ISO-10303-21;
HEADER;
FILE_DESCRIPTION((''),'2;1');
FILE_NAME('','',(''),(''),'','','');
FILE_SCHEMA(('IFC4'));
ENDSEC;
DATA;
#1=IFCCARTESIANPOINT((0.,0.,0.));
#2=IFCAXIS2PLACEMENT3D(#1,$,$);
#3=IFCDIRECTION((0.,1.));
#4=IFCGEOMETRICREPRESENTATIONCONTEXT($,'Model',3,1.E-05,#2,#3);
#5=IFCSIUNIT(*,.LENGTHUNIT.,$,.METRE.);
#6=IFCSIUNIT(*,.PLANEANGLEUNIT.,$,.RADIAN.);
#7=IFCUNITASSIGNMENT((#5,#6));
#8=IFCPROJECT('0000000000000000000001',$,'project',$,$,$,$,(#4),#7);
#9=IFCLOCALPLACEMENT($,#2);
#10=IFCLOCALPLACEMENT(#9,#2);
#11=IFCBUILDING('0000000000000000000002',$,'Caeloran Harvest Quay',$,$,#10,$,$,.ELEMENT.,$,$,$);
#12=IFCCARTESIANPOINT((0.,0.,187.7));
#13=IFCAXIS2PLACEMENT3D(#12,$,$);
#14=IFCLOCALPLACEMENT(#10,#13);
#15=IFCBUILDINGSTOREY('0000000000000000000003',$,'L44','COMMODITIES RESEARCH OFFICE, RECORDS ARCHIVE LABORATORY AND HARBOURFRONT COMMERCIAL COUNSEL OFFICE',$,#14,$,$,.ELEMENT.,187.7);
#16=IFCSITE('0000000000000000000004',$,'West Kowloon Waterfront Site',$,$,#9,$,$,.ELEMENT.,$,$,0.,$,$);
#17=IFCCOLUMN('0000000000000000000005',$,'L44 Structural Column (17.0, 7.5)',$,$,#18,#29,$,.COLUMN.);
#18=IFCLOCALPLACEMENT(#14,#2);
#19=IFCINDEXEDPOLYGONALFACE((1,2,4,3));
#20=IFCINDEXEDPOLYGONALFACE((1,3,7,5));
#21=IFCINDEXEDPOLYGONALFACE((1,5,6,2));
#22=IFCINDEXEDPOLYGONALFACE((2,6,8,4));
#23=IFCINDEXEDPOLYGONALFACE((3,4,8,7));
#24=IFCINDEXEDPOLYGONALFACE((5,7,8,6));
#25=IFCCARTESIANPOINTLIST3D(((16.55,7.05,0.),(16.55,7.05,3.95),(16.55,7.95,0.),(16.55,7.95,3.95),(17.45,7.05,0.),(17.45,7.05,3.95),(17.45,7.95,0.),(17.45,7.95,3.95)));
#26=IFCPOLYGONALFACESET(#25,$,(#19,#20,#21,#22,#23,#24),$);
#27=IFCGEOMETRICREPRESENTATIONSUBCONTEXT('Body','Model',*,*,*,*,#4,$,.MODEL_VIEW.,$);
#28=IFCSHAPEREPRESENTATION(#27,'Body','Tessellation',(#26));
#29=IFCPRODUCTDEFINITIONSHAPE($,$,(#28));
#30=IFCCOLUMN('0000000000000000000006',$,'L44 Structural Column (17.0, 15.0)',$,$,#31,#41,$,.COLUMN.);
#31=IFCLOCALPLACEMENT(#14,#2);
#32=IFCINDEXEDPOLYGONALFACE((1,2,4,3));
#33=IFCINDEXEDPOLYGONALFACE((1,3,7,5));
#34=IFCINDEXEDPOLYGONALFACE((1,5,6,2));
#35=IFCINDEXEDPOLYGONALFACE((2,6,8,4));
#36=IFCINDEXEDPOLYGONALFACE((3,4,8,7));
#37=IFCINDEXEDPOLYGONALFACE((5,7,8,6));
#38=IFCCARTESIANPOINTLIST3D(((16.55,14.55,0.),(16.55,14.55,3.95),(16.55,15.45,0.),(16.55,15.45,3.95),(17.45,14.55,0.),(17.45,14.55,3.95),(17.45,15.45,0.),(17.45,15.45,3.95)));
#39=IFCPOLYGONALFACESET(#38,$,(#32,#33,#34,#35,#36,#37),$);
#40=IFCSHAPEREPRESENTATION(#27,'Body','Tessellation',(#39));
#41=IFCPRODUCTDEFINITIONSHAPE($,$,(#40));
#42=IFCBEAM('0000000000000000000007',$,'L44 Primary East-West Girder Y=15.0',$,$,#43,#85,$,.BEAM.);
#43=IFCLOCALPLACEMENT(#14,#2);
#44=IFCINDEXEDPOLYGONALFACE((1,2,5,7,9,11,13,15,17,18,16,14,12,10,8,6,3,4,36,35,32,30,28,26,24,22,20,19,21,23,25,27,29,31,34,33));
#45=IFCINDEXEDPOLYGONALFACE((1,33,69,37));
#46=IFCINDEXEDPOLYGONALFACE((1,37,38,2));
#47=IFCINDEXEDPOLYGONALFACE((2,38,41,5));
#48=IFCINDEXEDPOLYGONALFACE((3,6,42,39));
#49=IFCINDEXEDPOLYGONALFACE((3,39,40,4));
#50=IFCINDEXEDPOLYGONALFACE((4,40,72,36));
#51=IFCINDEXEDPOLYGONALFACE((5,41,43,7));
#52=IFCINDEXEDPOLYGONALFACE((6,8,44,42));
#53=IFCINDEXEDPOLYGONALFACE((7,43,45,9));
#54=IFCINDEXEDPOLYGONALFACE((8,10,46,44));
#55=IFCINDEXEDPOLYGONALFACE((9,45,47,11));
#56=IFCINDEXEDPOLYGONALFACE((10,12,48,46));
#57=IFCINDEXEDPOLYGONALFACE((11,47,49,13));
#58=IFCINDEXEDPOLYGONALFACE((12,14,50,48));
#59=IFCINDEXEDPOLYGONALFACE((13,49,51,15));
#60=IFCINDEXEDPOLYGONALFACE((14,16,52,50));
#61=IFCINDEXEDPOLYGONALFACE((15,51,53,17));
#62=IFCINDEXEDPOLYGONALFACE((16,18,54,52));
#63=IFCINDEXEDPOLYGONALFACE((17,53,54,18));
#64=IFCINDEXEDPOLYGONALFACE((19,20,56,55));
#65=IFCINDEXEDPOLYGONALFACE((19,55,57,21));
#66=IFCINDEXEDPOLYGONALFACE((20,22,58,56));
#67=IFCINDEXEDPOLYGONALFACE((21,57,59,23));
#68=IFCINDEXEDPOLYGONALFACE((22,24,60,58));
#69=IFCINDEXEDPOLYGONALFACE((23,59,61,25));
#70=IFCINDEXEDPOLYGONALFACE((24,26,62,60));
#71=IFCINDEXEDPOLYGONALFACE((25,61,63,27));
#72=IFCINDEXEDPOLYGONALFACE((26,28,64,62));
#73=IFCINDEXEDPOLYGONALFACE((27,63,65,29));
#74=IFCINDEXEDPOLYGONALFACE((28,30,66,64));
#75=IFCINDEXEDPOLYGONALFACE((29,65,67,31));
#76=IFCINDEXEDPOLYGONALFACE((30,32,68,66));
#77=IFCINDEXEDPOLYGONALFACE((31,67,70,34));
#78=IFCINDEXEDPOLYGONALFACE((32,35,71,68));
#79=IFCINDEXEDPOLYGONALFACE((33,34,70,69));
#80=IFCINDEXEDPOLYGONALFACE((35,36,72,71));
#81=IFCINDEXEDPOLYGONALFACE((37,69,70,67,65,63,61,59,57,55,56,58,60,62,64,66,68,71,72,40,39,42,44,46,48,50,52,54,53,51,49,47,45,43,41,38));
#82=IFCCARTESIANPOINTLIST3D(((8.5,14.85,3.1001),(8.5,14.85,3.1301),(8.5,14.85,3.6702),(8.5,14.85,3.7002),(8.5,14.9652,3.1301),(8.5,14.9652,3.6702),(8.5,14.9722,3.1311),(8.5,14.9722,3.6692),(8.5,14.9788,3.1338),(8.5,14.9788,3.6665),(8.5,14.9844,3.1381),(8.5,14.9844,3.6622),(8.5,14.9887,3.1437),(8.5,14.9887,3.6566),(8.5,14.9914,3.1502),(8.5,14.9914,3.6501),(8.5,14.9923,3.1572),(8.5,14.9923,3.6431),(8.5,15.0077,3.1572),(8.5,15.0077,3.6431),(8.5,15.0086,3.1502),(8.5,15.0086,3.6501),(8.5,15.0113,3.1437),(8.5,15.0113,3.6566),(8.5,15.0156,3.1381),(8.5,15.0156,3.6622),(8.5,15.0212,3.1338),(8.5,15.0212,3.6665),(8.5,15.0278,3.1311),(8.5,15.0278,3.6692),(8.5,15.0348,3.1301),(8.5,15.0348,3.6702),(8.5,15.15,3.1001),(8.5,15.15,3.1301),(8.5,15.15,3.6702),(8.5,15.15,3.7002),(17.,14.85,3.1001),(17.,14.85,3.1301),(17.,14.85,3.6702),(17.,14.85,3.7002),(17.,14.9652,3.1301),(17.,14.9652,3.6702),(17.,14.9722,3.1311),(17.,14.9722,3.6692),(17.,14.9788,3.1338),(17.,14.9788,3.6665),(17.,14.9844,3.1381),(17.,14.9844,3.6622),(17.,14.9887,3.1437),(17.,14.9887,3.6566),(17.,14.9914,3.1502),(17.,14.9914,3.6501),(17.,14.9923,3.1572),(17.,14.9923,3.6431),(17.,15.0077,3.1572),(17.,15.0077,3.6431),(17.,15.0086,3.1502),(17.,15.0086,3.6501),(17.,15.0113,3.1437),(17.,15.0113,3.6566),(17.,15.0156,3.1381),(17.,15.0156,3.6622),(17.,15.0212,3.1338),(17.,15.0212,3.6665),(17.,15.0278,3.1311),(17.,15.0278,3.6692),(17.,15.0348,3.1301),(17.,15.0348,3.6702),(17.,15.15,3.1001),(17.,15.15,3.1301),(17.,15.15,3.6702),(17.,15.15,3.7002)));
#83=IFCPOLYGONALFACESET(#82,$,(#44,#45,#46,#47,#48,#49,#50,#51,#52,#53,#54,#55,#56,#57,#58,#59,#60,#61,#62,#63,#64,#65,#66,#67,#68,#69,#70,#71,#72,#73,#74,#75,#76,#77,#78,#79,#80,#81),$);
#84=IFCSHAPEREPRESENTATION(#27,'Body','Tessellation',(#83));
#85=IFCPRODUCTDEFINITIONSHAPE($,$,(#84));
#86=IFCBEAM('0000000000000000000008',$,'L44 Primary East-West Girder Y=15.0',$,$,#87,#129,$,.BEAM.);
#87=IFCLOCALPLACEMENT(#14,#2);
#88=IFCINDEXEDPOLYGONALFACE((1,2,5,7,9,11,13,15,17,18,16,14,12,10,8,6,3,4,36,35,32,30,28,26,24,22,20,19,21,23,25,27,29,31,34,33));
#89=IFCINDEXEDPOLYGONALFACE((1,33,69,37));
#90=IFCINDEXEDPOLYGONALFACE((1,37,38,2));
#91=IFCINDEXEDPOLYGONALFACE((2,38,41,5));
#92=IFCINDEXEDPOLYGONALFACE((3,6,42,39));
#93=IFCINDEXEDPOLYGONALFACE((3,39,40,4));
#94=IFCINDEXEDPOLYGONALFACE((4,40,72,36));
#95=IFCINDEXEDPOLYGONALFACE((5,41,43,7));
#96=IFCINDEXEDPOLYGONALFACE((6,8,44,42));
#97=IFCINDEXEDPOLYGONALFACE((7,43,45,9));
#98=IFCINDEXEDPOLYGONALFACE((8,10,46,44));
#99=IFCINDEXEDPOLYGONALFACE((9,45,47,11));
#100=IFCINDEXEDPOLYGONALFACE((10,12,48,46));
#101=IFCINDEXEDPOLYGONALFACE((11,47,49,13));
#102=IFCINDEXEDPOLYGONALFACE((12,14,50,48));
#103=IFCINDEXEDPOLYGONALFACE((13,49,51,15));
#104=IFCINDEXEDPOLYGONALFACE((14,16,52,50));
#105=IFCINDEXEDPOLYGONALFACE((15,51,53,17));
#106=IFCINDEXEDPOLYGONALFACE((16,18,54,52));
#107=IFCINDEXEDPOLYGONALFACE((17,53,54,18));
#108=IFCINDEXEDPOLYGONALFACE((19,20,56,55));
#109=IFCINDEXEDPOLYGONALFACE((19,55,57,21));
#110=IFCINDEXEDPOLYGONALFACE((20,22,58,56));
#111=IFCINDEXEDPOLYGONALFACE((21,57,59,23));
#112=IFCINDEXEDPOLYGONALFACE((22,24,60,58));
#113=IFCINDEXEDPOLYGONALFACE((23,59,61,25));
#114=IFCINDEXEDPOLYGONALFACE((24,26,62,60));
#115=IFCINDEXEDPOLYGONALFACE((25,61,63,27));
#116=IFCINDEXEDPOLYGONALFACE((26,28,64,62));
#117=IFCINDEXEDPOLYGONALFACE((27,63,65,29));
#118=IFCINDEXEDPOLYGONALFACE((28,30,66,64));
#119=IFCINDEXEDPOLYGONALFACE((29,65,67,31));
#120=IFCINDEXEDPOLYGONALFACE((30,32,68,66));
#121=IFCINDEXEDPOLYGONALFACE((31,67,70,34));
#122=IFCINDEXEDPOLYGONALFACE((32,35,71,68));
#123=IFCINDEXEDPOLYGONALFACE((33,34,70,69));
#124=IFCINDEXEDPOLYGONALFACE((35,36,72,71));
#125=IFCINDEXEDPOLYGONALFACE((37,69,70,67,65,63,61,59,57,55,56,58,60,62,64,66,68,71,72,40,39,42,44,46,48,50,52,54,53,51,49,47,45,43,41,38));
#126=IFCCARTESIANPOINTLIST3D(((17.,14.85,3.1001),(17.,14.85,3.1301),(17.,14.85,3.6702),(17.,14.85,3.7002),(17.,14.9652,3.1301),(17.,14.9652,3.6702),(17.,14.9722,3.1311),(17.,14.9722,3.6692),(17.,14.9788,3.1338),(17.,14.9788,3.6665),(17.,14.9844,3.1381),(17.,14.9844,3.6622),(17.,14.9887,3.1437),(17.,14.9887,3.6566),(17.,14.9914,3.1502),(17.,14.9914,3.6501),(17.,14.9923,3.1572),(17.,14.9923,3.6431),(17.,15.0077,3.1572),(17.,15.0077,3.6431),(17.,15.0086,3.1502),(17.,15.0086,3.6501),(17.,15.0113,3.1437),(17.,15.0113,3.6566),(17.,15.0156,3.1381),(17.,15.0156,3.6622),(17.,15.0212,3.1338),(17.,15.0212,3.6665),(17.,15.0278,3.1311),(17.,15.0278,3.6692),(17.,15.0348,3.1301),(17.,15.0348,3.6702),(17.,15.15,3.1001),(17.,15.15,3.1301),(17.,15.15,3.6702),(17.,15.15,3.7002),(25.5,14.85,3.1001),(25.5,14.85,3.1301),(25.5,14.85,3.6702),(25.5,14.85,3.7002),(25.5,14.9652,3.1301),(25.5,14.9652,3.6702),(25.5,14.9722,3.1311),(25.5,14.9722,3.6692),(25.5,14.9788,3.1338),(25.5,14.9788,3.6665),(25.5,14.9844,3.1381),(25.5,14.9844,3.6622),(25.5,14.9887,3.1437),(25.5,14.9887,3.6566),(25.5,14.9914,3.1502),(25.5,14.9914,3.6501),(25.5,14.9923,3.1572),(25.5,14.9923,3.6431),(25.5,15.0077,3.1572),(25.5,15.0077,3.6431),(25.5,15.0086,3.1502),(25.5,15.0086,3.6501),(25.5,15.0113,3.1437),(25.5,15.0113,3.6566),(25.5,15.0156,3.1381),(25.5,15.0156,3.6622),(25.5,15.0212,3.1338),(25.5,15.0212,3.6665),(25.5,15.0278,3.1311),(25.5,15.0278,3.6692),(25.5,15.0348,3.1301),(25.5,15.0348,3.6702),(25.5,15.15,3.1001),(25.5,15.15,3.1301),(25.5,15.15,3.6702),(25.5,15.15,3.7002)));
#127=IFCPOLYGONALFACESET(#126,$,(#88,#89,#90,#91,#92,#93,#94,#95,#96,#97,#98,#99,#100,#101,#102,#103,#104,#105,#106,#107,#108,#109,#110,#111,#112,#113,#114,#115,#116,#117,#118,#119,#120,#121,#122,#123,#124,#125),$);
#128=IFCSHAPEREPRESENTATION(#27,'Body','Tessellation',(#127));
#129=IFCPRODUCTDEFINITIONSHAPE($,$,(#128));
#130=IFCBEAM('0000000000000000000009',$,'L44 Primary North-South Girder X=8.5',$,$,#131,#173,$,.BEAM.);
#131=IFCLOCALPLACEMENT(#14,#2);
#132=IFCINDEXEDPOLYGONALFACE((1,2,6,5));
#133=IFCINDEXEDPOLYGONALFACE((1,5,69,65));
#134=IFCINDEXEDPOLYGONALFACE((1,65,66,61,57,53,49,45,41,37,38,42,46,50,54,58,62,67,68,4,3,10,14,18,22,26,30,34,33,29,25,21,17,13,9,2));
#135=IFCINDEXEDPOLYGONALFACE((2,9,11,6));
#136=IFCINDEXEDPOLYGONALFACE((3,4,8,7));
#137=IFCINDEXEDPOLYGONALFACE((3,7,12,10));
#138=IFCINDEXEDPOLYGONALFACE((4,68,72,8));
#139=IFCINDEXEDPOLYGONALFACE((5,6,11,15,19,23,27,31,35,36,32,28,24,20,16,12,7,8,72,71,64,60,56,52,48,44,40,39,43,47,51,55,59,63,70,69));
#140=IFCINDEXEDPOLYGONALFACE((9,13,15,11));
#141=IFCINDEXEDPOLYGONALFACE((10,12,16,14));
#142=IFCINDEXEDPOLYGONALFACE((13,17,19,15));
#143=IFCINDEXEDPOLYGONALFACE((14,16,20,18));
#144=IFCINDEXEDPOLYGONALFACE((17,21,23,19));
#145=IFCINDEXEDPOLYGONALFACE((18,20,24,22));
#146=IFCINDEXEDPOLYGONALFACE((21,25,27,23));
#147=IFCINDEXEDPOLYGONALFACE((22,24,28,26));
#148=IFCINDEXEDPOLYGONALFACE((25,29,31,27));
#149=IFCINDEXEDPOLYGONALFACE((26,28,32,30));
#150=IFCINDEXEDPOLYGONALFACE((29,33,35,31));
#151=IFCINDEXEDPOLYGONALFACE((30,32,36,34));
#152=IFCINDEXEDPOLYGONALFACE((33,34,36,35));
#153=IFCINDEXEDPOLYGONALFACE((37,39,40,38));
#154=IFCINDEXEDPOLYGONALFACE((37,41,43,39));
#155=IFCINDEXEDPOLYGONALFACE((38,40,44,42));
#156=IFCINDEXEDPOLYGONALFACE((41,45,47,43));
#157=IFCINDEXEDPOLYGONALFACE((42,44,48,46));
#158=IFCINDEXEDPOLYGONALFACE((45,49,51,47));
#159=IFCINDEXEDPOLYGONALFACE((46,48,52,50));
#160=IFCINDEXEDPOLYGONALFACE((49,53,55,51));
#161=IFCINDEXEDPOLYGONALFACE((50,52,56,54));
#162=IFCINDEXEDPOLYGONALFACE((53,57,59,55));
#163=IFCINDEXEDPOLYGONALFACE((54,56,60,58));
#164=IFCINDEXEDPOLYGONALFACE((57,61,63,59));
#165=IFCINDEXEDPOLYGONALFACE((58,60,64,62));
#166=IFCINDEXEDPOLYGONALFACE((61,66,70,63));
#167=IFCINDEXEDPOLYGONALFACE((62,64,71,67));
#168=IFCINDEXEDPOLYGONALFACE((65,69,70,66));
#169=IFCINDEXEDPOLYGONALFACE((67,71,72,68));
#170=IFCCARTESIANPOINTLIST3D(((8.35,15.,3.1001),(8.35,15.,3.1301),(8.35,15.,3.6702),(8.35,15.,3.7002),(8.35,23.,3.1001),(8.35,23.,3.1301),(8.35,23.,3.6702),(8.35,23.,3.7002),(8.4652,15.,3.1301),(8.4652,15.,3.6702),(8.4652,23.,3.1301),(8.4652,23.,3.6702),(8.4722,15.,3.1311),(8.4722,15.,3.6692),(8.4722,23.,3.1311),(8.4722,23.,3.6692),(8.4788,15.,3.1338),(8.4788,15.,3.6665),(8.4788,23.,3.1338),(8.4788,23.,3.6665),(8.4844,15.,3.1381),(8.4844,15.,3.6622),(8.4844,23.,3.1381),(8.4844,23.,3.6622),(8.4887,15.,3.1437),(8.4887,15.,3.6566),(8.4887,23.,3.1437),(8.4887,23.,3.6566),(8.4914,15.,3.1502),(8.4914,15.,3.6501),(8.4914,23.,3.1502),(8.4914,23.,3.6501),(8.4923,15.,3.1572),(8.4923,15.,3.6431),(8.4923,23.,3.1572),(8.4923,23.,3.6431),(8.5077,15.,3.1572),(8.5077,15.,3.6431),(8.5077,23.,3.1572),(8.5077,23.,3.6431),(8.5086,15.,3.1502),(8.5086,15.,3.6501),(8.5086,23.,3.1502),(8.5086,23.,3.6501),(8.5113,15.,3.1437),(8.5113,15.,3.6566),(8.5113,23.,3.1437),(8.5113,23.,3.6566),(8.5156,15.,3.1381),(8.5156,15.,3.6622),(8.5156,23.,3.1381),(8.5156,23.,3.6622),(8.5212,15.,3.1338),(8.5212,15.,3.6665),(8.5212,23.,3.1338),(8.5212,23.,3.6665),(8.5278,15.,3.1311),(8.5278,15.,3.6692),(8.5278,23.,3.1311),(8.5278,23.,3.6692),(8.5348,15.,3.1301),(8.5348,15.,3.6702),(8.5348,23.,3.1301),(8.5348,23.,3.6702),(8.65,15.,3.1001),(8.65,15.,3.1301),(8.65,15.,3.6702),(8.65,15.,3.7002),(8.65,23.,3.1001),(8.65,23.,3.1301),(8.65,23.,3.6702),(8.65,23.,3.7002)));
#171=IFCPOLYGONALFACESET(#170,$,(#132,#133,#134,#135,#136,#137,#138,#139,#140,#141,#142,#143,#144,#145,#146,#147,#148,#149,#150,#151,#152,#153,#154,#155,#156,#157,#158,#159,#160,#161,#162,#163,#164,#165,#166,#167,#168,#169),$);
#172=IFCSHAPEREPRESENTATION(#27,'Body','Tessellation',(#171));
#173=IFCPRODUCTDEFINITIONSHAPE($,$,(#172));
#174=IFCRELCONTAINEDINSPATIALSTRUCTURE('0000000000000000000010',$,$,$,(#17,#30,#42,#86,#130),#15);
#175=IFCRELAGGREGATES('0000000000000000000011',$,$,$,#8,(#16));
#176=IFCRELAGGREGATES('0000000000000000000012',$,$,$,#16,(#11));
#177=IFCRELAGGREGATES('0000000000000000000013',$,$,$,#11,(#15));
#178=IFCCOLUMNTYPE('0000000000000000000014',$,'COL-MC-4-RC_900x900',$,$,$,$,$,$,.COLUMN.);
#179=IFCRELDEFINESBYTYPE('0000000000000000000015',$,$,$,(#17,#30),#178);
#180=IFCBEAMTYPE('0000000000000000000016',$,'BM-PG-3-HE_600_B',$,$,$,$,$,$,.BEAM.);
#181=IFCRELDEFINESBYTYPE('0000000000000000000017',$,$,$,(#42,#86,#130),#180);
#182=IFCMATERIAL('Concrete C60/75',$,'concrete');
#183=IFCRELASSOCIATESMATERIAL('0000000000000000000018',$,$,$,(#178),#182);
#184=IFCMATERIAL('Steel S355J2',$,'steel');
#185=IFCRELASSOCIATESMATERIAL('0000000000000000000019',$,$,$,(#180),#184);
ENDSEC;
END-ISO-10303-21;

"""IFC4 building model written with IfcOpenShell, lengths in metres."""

from ifc_helpers import new_model, si_unit, direction, frame, origin, origin_2d, place, context, subcontext, project, spatial, rectangle, i_section, extrude, material, material_profile, profile_set, type_object, element, save


model = new_model("IFC4")

# Units and contexts
model_context = context("Model", 3, precision=1e-05, world=origin(), true_north=direction((0.0, 1.0)))
body_context = subcontext(model_context, "Body", "Model", "MODEL_VIEW")
ifc_project = project(units=[si_unit("LENGTHUNIT", "METRE"), si_unit("PLANEANGLEUNIT", "RADIAN")], contexts=[model_context])

# Site, building, storey
site_placement = place(None, origin())
site = spatial("IfcSite", under=ifc_project, at=site_placement, Name="West Kowloon Waterfront Site", CompositionType="ELEMENT", RefElevation=0.0)
building_placement = place(site_placement, origin())
building = spatial("IfcBuilding", under=site, at=building_placement, Name="Caeloran Harvest Quay", CompositionType="ELEMENT")
storey_placement = place(building_placement, frame((0.0, 0.0, 187.7)))
storey = spatial("IfcBuildingStorey", under=building, at=storey_placement, Name="L44", Description="COMMODITIES RESEARCH OFFICE, RECORDS ARCHIVE LABORATORY AND HARBOURFRONT COMMERCIAL COUNSEL OFFICE", CompositionType="ELEMENT", Elevation=187.7)

# Columns
ifc_material_1 = material(Name="Concrete C60/75", Category="concrete")
ifc_material_profile_1 = material_profile(ifc_material_1, rectangle(XDim=0.8999, YDim=0.8999, at=origin_2d()), Name="RC 900x900")
ifc_profile_set_1 = profile_set([ifc_material_profile_1], Name="Concrete C60/75")
column_type = type_object("IfcColumnType", Name="COL-MC-4-RC_900x900", PredefinedType="COLUMN", material=ifc_profile_set_1)
for number, where, z_axis, x_axis, name in (
    (1, (17.0, 7.5, 0.0), (0.0, 0.0, 1.0), (1.0, 0.0, 0.0), "L44 Structural Column (17.0, 7.5)"),
    (2, (17.0, 15.0, 0.0), (0.0, 0.0, 1.0), (1.0, 0.0, 0.0), "L44 Structural Column (17.0, 15.0)"),
):
    element("IfcColumn", number, at=place(storey_placement, frame(where, z_axis=z_axis, x_axis=x_axis)), inside=storey, type_object=column_type, Name=name, PredefinedType="COLUMN", context=body_context, shape_type="SweptSolid", body=[
        extrude(rectangle(XDim=0.8999, YDim=0.8999, at=origin_2d()), origin(), (0.0, 0.0, 1.0), 3.95),
    ])

# Beams
ifc_material_2 = material(Name="Steel S355J2", Category="steel")
ifc_material_profile_2 = material_profile(ifc_material_2, i_section(OverallWidth=0.3, OverallDepth=0.6001, WebThickness=0.0154, FlangeThickness=0.03, FilletRadius=0.0271, at=origin_2d()), Name="HE 600 B")
ifc_profile_set_2 = profile_set([ifc_material_profile_2], Name="Steel S355J2")
beam_type_1 = type_object("IfcBeamType", Name="BM-PG-3-HE_600_B", PredefinedType="BEAM", material=ifc_profile_set_2)
for number, where, z_axis, x_axis, name in (
    (3, (8.5, 15.0, 3.4001), (1.0, 0.0, 0.0), (0.0, 1.0, 0.0), "L44 Primary East-West Girder Y=15.0"),
    (4, (17.0, 15.0, 3.4001), (1.0, 0.0, 0.0), (0.0, 1.0, 0.0), "L44 Primary East-West Girder Y=15.0"),
):
    element("IfcBeam", number, at=place(storey_placement, frame(where, z_axis=z_axis, x_axis=x_axis)), inside=storey, type_object=beam_type_1, Name=name, PredefinedType="BEAM", context=body_context, shape_type="SweptSolid", body=[
        extrude(i_section(OverallWidth=0.3, OverallDepth=0.6001, WebThickness=0.0154, FlangeThickness=0.03, FilletRadius=0.0271, at=origin_2d()), origin(), (0.0, 0.0, 1.0), 8.5),
    ])
beam_1_placement = place(storey_placement, frame((8.5, 15.0, 3.4001), z_axis=(0.0, 1.0, 0.0), x_axis=(-1.0, 0.0, 0.0)))
element("IfcBeam", 5, at=beam_1_placement, inside=storey, type_object=beam_type_1, Name="L44 Primary North-South Girder X=8.5", PredefinedType="BEAM", context=body_context, shape_type="SweptSolid", body=[
    extrude(i_section(OverallWidth=0.3, OverallDepth=0.6001, WebThickness=0.0154, FlangeThickness=0.03, FilletRadius=0.0271, at=origin_2d()), origin(), (0.0, 0.0, 1.0), 8.0),
])

save(model, "model.ifc")
